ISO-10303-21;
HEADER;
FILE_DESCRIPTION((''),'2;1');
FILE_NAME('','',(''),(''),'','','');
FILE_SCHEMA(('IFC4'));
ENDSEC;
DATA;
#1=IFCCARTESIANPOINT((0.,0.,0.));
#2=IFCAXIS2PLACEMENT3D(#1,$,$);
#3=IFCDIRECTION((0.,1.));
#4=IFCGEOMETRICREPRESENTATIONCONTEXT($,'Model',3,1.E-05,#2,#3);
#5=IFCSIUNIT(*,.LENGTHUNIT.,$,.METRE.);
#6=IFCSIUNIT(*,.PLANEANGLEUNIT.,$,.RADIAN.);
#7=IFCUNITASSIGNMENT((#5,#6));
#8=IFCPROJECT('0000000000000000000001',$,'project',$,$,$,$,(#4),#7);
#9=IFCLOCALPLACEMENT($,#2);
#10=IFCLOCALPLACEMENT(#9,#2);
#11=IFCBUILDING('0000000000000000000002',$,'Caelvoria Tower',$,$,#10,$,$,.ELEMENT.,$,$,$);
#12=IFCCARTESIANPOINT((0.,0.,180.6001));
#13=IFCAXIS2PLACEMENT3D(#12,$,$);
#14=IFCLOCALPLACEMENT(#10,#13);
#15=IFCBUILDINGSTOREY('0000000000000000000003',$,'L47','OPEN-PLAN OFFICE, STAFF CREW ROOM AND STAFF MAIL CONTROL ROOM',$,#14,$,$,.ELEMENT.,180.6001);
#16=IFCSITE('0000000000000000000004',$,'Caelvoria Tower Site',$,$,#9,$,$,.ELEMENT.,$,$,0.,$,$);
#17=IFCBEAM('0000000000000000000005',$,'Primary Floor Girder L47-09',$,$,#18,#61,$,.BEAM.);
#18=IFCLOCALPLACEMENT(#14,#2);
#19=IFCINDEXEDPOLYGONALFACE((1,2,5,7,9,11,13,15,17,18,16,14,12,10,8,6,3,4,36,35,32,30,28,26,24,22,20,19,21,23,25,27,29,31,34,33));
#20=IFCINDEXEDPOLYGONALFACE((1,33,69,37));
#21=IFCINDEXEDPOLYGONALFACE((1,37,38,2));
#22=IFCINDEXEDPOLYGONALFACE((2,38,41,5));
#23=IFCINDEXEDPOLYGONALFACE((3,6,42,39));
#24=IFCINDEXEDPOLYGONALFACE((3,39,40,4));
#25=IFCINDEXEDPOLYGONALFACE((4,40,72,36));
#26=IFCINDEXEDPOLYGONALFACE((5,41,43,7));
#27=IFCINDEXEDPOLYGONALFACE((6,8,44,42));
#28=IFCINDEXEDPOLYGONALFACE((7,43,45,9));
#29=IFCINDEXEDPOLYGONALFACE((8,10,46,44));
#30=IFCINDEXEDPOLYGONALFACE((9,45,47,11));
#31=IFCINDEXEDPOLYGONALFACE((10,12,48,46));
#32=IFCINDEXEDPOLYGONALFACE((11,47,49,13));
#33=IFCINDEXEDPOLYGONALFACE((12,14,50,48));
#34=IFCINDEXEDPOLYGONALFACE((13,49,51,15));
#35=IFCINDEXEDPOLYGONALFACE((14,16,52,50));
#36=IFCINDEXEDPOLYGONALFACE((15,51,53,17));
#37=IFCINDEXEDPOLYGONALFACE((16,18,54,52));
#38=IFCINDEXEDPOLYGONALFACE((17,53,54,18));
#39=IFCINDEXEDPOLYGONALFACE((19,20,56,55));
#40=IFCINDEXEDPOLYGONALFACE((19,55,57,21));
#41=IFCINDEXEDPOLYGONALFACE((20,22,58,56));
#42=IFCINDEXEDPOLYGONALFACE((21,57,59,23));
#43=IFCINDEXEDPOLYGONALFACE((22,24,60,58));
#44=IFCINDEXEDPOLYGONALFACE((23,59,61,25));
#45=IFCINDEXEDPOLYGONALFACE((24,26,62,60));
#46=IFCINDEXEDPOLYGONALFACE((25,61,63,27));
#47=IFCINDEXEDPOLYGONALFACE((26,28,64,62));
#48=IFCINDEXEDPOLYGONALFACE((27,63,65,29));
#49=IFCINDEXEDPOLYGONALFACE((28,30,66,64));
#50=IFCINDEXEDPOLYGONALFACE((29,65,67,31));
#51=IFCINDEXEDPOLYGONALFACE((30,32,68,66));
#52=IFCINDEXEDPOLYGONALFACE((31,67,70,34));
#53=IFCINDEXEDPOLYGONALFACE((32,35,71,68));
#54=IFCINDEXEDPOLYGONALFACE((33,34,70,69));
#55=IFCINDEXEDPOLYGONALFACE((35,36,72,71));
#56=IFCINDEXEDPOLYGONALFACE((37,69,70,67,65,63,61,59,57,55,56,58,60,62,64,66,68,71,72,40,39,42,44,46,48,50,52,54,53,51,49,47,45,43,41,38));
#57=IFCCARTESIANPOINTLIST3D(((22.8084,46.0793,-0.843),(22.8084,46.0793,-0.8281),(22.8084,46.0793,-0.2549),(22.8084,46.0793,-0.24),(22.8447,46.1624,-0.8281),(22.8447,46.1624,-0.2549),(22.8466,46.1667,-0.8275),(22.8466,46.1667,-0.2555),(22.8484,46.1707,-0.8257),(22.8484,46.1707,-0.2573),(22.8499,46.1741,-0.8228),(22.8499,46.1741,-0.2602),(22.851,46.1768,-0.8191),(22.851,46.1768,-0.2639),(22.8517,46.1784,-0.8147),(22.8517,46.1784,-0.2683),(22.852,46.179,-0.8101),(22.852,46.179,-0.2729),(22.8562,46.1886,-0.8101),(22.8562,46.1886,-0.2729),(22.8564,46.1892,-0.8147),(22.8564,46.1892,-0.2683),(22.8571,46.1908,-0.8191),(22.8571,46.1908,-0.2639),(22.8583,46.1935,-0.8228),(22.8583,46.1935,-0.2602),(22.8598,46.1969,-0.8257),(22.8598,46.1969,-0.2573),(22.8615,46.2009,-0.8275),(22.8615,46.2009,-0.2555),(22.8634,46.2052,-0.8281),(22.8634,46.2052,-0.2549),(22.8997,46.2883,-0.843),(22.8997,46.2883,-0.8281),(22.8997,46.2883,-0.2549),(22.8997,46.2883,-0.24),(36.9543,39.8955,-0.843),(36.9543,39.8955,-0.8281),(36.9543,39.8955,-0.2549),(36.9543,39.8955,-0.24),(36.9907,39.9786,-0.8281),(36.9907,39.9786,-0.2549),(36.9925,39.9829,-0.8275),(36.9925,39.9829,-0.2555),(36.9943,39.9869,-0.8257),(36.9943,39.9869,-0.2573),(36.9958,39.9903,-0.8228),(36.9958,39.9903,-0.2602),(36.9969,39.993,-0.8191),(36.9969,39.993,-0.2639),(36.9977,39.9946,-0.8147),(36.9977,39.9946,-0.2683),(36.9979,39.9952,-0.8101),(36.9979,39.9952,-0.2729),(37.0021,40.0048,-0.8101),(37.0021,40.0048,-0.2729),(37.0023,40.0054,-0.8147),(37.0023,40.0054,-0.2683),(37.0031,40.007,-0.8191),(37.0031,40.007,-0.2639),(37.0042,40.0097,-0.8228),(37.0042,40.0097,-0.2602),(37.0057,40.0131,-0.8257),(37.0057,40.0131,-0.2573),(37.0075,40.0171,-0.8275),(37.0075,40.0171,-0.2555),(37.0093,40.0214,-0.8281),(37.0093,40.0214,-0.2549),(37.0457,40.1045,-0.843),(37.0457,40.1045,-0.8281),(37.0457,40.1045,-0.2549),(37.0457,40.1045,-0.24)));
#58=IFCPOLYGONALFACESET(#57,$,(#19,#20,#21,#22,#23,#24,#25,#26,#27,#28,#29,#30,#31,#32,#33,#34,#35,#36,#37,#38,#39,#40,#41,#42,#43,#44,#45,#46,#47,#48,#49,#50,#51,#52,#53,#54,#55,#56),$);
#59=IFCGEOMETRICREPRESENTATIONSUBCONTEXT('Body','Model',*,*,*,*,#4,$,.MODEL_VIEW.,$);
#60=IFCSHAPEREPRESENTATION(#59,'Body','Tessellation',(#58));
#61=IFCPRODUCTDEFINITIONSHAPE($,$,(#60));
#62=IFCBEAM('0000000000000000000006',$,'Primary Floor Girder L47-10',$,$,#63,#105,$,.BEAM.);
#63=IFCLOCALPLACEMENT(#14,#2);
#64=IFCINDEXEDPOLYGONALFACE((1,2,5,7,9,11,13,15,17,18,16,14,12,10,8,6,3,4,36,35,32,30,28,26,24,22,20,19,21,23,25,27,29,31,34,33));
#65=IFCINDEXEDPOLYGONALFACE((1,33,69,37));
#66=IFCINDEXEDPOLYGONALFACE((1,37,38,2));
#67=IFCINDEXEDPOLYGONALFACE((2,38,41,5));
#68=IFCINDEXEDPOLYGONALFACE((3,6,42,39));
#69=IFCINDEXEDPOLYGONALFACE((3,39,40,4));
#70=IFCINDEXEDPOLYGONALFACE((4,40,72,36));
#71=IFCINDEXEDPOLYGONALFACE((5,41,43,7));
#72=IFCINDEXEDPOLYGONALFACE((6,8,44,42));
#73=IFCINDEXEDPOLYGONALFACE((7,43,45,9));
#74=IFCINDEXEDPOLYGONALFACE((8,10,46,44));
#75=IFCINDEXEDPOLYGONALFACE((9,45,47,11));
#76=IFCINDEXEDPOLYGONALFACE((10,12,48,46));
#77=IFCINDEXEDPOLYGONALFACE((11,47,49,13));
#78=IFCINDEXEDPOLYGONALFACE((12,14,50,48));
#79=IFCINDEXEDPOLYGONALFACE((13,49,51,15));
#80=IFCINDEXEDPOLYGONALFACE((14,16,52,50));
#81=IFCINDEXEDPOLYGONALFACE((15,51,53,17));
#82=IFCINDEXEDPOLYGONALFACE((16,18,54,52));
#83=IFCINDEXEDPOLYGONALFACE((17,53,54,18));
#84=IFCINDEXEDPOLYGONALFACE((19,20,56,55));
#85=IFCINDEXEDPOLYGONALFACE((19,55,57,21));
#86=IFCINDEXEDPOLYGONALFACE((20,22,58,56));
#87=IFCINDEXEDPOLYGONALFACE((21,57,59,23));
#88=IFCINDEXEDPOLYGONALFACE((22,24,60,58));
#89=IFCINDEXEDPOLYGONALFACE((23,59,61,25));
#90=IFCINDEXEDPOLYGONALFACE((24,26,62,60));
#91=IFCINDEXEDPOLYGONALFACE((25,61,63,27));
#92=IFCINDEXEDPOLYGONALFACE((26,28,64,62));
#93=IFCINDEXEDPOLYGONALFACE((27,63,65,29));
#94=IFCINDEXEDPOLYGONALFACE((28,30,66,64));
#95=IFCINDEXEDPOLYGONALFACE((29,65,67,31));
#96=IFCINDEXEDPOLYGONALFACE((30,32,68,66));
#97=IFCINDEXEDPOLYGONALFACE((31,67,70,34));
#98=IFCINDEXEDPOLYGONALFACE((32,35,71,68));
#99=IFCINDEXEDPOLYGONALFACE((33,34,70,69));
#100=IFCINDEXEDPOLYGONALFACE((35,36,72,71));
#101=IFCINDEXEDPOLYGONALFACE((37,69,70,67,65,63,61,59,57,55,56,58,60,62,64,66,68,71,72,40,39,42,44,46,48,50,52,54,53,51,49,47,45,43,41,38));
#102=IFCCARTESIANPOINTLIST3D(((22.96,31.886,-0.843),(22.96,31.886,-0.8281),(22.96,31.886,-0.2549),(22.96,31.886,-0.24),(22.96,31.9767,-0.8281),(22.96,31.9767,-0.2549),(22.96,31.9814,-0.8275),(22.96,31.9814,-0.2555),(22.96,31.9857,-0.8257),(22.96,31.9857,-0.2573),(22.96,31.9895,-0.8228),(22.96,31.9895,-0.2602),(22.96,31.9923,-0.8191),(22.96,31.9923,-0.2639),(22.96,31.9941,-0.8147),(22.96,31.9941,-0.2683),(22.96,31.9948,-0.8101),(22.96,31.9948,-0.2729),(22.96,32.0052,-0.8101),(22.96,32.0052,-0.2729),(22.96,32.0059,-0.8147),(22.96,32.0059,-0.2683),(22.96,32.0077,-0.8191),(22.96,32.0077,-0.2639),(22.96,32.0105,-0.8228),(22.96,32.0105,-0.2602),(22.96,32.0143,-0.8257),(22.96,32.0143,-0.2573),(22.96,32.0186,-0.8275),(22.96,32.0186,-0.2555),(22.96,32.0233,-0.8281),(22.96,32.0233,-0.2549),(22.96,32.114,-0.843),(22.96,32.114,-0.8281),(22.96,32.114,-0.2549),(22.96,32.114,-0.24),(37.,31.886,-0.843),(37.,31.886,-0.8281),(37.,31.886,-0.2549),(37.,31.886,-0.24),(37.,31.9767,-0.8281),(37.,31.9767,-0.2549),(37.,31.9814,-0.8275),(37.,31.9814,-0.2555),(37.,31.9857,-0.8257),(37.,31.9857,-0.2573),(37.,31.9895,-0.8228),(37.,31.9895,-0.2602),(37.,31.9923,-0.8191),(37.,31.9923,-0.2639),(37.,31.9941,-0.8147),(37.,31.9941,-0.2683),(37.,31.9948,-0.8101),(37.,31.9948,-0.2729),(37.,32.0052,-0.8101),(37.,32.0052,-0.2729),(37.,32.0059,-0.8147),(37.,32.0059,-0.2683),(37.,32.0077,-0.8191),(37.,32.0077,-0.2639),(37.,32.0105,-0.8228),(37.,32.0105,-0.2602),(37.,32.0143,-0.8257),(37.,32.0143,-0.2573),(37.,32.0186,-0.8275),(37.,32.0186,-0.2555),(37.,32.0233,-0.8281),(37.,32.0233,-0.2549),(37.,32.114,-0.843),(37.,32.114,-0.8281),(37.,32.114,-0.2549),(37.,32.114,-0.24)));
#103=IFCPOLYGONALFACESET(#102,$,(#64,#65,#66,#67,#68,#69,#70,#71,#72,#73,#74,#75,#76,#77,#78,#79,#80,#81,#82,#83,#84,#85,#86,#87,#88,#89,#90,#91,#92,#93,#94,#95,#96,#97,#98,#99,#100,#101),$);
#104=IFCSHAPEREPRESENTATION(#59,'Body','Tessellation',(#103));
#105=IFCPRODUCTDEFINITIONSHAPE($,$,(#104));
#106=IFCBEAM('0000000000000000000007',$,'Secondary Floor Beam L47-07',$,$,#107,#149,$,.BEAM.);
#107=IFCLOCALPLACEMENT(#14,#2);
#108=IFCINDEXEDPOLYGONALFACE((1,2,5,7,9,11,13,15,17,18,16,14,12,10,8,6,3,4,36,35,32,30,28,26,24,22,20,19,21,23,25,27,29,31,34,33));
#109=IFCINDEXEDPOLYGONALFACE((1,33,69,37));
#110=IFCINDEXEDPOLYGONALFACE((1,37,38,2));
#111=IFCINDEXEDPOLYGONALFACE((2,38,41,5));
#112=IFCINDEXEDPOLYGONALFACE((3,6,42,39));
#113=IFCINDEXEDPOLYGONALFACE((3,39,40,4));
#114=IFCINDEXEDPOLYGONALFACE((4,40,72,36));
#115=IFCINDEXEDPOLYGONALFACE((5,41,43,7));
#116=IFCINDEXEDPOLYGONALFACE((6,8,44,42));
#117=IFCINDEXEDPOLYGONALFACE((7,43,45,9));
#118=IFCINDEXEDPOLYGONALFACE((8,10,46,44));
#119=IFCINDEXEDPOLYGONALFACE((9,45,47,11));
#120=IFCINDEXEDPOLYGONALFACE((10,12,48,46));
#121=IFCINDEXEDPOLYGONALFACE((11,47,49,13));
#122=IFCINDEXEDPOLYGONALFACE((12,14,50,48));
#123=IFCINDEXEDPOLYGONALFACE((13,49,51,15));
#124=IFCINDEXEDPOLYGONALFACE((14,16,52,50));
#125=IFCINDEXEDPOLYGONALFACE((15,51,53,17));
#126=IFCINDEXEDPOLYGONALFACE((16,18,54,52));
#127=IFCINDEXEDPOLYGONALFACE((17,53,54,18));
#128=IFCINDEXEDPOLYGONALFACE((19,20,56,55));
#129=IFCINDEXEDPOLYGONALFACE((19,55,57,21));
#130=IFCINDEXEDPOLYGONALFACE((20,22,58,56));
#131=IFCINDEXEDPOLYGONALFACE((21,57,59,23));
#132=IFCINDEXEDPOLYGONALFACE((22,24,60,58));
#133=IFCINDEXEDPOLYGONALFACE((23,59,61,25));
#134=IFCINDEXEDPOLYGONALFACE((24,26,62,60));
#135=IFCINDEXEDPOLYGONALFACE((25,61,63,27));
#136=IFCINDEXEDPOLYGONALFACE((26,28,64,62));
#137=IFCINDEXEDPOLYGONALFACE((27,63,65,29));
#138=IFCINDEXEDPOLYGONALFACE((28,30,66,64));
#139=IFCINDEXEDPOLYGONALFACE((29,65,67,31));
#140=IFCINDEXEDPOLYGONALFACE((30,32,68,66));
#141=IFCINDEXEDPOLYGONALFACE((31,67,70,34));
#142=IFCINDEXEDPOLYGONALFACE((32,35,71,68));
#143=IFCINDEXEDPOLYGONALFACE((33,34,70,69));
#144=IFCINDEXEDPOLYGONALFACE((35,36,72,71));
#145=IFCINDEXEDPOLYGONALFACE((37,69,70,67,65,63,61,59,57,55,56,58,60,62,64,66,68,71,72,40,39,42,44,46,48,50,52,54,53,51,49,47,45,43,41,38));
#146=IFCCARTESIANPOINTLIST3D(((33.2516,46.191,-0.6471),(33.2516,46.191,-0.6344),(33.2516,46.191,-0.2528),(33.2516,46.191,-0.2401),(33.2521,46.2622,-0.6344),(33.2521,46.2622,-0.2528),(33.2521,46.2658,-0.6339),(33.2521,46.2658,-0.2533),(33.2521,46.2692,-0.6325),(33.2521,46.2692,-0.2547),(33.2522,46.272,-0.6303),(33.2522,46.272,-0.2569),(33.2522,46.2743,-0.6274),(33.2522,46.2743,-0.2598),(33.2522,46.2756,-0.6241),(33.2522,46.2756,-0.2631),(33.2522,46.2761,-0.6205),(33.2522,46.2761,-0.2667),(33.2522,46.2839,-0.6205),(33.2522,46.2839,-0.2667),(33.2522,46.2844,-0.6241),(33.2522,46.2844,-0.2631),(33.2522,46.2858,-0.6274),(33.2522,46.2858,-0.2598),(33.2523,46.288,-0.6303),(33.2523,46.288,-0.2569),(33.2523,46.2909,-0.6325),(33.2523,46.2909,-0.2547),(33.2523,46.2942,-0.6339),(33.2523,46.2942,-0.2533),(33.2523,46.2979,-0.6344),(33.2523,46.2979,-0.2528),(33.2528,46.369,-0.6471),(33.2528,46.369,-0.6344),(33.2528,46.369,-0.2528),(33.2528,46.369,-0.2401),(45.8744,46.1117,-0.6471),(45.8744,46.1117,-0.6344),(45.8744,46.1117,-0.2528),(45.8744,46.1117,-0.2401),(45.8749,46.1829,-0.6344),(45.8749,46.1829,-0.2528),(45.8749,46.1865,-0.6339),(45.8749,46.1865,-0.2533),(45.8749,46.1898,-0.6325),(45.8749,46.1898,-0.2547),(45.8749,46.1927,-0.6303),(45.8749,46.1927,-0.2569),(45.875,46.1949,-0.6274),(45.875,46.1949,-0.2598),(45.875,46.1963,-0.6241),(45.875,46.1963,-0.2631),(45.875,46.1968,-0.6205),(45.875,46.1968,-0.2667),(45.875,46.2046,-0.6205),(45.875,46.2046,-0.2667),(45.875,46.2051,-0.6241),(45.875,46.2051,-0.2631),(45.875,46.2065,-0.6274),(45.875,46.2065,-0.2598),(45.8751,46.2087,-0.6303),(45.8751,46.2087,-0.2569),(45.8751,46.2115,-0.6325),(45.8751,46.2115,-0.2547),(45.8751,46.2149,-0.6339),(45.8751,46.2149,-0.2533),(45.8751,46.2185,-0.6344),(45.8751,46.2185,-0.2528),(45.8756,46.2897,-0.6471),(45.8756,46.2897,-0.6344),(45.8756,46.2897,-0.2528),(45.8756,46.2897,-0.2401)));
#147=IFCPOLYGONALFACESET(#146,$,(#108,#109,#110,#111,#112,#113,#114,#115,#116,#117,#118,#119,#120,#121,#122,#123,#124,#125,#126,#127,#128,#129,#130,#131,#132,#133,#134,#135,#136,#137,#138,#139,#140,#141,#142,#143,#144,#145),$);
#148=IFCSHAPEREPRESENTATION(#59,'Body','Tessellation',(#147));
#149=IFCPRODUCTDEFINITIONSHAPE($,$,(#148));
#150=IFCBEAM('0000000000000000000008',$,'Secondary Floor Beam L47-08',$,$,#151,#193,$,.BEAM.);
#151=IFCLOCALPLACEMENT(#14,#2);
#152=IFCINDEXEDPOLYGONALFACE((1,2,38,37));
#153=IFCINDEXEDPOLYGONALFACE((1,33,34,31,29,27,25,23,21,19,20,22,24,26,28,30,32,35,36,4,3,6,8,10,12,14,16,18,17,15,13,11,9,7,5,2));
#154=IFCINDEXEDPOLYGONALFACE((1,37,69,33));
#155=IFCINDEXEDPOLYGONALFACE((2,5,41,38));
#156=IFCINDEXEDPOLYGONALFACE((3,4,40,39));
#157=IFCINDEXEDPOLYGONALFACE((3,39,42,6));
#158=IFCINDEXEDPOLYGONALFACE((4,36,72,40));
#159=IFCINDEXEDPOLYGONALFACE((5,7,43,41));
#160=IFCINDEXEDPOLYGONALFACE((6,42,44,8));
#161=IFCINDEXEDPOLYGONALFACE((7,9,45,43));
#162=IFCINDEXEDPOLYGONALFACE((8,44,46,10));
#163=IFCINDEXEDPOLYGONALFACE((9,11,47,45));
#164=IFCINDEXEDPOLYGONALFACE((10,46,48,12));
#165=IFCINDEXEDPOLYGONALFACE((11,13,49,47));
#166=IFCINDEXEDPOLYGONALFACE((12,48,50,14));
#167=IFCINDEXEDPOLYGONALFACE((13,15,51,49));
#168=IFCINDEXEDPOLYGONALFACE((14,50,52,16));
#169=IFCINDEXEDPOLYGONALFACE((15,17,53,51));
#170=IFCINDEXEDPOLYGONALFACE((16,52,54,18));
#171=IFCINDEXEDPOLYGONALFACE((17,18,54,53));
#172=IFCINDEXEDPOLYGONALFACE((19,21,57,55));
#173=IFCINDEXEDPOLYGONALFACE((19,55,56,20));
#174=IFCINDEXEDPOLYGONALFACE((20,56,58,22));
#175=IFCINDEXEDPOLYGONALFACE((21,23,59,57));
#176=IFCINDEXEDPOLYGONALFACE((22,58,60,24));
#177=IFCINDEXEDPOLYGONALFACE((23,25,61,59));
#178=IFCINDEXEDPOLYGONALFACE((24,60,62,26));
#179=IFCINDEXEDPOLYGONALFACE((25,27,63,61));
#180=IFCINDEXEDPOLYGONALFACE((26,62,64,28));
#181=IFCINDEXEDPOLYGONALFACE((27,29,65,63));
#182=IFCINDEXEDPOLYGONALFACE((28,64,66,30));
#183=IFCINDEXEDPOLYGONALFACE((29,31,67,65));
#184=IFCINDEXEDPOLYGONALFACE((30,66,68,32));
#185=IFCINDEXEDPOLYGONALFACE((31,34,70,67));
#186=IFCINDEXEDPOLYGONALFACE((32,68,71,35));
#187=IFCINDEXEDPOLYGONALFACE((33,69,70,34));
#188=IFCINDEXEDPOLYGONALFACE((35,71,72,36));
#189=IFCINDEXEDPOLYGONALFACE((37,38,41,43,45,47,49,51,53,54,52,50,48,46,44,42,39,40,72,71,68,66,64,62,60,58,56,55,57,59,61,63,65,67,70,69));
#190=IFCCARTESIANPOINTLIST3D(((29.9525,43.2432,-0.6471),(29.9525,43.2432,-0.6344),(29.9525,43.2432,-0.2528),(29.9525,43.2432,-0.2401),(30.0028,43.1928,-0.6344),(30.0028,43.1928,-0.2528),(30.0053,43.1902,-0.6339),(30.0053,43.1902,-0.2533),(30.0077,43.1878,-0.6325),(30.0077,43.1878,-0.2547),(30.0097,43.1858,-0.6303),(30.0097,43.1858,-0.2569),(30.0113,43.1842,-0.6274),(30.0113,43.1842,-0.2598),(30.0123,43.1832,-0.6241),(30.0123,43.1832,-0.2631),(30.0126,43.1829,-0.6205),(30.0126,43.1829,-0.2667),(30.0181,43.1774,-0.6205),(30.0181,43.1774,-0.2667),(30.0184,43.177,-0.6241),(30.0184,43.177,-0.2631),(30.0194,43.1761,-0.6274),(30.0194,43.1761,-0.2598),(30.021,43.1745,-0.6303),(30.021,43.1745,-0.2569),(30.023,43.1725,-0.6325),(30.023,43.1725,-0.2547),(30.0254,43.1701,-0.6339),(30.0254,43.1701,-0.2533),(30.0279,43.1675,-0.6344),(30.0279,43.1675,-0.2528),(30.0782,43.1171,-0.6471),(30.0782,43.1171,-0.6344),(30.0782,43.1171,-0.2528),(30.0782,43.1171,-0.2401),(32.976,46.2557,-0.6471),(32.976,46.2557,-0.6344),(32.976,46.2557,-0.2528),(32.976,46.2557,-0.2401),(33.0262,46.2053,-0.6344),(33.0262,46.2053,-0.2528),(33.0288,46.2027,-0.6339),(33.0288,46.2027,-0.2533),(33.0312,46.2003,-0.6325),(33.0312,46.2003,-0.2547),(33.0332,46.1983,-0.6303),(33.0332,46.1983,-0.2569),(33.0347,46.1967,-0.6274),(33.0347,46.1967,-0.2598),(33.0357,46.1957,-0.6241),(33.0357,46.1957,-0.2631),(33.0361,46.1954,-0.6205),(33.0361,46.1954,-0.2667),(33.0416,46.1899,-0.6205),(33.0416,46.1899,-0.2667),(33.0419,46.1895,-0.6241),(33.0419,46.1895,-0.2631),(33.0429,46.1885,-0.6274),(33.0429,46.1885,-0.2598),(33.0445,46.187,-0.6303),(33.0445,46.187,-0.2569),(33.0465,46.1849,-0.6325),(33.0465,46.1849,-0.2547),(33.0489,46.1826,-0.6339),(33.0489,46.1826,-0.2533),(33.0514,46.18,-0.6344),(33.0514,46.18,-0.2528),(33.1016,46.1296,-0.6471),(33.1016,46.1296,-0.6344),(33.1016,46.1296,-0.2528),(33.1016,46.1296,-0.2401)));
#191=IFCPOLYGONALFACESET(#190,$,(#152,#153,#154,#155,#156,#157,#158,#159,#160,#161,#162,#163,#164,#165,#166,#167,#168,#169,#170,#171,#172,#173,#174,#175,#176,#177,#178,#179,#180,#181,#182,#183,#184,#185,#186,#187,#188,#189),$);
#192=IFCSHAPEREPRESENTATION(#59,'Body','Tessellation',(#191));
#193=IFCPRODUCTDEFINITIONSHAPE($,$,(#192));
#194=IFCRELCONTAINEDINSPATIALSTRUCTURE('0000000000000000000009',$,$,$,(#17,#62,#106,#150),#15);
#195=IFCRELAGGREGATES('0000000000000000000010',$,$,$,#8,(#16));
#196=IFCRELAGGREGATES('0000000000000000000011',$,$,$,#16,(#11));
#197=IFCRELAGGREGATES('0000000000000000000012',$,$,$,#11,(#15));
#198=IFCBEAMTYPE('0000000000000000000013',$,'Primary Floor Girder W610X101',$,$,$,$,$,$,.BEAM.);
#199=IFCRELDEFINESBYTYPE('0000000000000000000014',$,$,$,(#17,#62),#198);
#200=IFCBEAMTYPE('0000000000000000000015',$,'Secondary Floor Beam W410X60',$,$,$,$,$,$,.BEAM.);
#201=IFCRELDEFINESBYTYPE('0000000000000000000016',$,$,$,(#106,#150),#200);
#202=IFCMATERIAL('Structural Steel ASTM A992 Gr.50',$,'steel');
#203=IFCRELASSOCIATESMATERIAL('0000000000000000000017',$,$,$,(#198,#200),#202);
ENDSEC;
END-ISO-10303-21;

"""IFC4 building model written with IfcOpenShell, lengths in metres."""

from ifc_helpers import new_model, si_unit, direction, frame, origin, origin_2d, place, context, subcontext, project, spatial, i_section, extrude, material, material_profile, profile_set, type_object, element, save


model = new_model("IFC4")

# Units and contexts
model_context = context("Model", 3, precision=1e-05, world=origin(), true_north=direction((0.0, 1.0)))
body_context = subcontext(model_context, "Body", "Model", "MODEL_VIEW")
ifc_project = project(units=[si_unit("LENGTHUNIT", "METRE"), si_unit("PLANEANGLEUNIT", "RADIAN")], contexts=[model_context])

# Site, building, storey
site_placement = place(None, origin())
site = spatial("IfcSite", under=ifc_project, at=site_placement, Name="Caelvoria Tower Site", CompositionType="ELEMENT", RefElevation=0.0)
building_placement = place(site_placement, origin())
building = spatial("IfcBuilding", under=site, at=building_placement, Name="Caelvoria Tower", CompositionType="ELEMENT")
storey_placement = place(building_placement, frame((0.0, 0.0, 180.6001)))
storey = spatial("IfcBuildingStorey", under=building, at=storey_placement, Name="L47", Description="OPEN-PLAN OFFICE, STAFF CREW ROOM AND STAFF MAIL CONTROL ROOM", CompositionType="ELEMENT", Elevation=180.6001)

# Shared definitions
ifc_material_1 = material(Name="Structural Steel ASTM A992 Gr.50", Category="steel")

# Beams
ifc_material_profile_1 = material_profile(ifc_material_1, i_section(OverallWidth=0.228, OverallDepth=0.603, WebThickness=0.0105, FlangeThickness=0.0149, FilletRadius=0.0181, at=origin_2d()), Name="Structural Steel ASTM A992 Gr.50")
ifc_profile_set_1 = profile_set([ifc_material_profile_1], Name="W610X101 - Structural Steel ASTM A992 Gr.50")
beam_type_1 = type_object("IfcBeamType", Name="Primary Floor Girder W610X101", PredefinedType="BEAM", material=ifc_profile_set_1)
beam_1_placement = place(storey_placement, frame((37.0, 40.0, -0.5415), z_axis=(-0.916277, 0.400545, 0.0), x_axis=(-0.400545, -0.916277, 0.0)))
element("IfcBeam", 1, at=beam_1_placement, inside=storey, type_object=beam_type_1, Name="Primary Floor Girder L47-09", PredefinedType="BEAM", context=body_context, shape_type="SweptSolid", body=[
    extrude(i_section(OverallWidth=0.228, OverallDepth=0.603, WebThickness=0.0105, FlangeThickness=0.0149, FilletRadius=0.0181, at=origin_2d()), origin(), (0.0, 0.0, 1.0), 15.4385),
])
beam_2_placement = place(storey_placement, frame((37.0, 32.0, -0.5415), z_axis=(-1.0, 0.0, 0.0), x_axis=(0.0, -1.0, 0.0)))
element("IfcBeam", 2, at=beam_2_placement, inside=storey, type_object=beam_type_1, Name="Primary Floor Girder L47-10", PredefinedType="BEAM", context=body_context, shape_type="SweptSolid", body=[
    extrude(i_section(OverallWidth=0.228, OverallDepth=0.603, WebThickness=0.0105, FlangeThickness=0.0149, FilletRadius=0.0181, at=origin_2d()), origin(), (0.0, 0.0, 1.0), 14.04),
])
ifc_material_profile_2 = material_profile(ifc_material_1, i_section(OverallWidth=0.178, OverallDepth=0.407, WebThickness=0.0078, FlangeThickness=0.0127, FilletRadius=0.0139, at=origin_2d()), Name="Structural Steel ASTM A992 Gr.50")
ifc_profile_set_2 = profile_set([ifc_material_profile_2], Name="W410X60 - Structural Steel ASTM A992 Gr.50")
beam_type_2 = type_object("IfcBeamType", Name="Secondary Floor Beam W410X60", PredefinedType="BEAM", material=ifc_profile_set_2)
beam_3_placement = place(storey_placement, frame((45.875, 46.2007, -0.4436), z_axis=(-0.99998, 0.006286, 0.0), x_axis=(-0.006286, -0.99998, 0.0)))
element("IfcBeam", 3, at=beam_3_placement, inside=storey, type_object=beam_type_2, Name="Secondary Floor Beam L47-07", PredefinedType="BEAM", context=body_context, shape_type="SweptSolid", body=[
    extrude(i_section(OverallWidth=0.178, OverallDepth=0.407, WebThickness=0.0078, FlangeThickness=0.0127, FilletRadius=0.0139, at=origin_2d()), origin(), (0.0, 0.0, 1.0), 12.623),
])
beam_4_placement = place(storey_placement, frame((33.0388, 46.1926, -0.4436), z_axis=(-0.708393, -0.705819, 0.0), x_axis=(0.705819, -0.708393, 0.0)))
element("IfcBeam", 4, at=beam_4_placement, inside=storey, type_object=beam_type_2, Name="Secondary Floor Beam L47-08", PredefinedType="BEAM", context=body_context, shape_type="SweptSolid", body=[
    extrude(i_section(OverallWidth=0.178, OverallDepth=0.407, WebThickness=0.0078, FlangeThickness=0.0127, FilletRadius=0.0139, at=origin_2d()), origin(), (0.0, 0.0, 1.0), 4.2681),
])

save(model, "model.ifc")
